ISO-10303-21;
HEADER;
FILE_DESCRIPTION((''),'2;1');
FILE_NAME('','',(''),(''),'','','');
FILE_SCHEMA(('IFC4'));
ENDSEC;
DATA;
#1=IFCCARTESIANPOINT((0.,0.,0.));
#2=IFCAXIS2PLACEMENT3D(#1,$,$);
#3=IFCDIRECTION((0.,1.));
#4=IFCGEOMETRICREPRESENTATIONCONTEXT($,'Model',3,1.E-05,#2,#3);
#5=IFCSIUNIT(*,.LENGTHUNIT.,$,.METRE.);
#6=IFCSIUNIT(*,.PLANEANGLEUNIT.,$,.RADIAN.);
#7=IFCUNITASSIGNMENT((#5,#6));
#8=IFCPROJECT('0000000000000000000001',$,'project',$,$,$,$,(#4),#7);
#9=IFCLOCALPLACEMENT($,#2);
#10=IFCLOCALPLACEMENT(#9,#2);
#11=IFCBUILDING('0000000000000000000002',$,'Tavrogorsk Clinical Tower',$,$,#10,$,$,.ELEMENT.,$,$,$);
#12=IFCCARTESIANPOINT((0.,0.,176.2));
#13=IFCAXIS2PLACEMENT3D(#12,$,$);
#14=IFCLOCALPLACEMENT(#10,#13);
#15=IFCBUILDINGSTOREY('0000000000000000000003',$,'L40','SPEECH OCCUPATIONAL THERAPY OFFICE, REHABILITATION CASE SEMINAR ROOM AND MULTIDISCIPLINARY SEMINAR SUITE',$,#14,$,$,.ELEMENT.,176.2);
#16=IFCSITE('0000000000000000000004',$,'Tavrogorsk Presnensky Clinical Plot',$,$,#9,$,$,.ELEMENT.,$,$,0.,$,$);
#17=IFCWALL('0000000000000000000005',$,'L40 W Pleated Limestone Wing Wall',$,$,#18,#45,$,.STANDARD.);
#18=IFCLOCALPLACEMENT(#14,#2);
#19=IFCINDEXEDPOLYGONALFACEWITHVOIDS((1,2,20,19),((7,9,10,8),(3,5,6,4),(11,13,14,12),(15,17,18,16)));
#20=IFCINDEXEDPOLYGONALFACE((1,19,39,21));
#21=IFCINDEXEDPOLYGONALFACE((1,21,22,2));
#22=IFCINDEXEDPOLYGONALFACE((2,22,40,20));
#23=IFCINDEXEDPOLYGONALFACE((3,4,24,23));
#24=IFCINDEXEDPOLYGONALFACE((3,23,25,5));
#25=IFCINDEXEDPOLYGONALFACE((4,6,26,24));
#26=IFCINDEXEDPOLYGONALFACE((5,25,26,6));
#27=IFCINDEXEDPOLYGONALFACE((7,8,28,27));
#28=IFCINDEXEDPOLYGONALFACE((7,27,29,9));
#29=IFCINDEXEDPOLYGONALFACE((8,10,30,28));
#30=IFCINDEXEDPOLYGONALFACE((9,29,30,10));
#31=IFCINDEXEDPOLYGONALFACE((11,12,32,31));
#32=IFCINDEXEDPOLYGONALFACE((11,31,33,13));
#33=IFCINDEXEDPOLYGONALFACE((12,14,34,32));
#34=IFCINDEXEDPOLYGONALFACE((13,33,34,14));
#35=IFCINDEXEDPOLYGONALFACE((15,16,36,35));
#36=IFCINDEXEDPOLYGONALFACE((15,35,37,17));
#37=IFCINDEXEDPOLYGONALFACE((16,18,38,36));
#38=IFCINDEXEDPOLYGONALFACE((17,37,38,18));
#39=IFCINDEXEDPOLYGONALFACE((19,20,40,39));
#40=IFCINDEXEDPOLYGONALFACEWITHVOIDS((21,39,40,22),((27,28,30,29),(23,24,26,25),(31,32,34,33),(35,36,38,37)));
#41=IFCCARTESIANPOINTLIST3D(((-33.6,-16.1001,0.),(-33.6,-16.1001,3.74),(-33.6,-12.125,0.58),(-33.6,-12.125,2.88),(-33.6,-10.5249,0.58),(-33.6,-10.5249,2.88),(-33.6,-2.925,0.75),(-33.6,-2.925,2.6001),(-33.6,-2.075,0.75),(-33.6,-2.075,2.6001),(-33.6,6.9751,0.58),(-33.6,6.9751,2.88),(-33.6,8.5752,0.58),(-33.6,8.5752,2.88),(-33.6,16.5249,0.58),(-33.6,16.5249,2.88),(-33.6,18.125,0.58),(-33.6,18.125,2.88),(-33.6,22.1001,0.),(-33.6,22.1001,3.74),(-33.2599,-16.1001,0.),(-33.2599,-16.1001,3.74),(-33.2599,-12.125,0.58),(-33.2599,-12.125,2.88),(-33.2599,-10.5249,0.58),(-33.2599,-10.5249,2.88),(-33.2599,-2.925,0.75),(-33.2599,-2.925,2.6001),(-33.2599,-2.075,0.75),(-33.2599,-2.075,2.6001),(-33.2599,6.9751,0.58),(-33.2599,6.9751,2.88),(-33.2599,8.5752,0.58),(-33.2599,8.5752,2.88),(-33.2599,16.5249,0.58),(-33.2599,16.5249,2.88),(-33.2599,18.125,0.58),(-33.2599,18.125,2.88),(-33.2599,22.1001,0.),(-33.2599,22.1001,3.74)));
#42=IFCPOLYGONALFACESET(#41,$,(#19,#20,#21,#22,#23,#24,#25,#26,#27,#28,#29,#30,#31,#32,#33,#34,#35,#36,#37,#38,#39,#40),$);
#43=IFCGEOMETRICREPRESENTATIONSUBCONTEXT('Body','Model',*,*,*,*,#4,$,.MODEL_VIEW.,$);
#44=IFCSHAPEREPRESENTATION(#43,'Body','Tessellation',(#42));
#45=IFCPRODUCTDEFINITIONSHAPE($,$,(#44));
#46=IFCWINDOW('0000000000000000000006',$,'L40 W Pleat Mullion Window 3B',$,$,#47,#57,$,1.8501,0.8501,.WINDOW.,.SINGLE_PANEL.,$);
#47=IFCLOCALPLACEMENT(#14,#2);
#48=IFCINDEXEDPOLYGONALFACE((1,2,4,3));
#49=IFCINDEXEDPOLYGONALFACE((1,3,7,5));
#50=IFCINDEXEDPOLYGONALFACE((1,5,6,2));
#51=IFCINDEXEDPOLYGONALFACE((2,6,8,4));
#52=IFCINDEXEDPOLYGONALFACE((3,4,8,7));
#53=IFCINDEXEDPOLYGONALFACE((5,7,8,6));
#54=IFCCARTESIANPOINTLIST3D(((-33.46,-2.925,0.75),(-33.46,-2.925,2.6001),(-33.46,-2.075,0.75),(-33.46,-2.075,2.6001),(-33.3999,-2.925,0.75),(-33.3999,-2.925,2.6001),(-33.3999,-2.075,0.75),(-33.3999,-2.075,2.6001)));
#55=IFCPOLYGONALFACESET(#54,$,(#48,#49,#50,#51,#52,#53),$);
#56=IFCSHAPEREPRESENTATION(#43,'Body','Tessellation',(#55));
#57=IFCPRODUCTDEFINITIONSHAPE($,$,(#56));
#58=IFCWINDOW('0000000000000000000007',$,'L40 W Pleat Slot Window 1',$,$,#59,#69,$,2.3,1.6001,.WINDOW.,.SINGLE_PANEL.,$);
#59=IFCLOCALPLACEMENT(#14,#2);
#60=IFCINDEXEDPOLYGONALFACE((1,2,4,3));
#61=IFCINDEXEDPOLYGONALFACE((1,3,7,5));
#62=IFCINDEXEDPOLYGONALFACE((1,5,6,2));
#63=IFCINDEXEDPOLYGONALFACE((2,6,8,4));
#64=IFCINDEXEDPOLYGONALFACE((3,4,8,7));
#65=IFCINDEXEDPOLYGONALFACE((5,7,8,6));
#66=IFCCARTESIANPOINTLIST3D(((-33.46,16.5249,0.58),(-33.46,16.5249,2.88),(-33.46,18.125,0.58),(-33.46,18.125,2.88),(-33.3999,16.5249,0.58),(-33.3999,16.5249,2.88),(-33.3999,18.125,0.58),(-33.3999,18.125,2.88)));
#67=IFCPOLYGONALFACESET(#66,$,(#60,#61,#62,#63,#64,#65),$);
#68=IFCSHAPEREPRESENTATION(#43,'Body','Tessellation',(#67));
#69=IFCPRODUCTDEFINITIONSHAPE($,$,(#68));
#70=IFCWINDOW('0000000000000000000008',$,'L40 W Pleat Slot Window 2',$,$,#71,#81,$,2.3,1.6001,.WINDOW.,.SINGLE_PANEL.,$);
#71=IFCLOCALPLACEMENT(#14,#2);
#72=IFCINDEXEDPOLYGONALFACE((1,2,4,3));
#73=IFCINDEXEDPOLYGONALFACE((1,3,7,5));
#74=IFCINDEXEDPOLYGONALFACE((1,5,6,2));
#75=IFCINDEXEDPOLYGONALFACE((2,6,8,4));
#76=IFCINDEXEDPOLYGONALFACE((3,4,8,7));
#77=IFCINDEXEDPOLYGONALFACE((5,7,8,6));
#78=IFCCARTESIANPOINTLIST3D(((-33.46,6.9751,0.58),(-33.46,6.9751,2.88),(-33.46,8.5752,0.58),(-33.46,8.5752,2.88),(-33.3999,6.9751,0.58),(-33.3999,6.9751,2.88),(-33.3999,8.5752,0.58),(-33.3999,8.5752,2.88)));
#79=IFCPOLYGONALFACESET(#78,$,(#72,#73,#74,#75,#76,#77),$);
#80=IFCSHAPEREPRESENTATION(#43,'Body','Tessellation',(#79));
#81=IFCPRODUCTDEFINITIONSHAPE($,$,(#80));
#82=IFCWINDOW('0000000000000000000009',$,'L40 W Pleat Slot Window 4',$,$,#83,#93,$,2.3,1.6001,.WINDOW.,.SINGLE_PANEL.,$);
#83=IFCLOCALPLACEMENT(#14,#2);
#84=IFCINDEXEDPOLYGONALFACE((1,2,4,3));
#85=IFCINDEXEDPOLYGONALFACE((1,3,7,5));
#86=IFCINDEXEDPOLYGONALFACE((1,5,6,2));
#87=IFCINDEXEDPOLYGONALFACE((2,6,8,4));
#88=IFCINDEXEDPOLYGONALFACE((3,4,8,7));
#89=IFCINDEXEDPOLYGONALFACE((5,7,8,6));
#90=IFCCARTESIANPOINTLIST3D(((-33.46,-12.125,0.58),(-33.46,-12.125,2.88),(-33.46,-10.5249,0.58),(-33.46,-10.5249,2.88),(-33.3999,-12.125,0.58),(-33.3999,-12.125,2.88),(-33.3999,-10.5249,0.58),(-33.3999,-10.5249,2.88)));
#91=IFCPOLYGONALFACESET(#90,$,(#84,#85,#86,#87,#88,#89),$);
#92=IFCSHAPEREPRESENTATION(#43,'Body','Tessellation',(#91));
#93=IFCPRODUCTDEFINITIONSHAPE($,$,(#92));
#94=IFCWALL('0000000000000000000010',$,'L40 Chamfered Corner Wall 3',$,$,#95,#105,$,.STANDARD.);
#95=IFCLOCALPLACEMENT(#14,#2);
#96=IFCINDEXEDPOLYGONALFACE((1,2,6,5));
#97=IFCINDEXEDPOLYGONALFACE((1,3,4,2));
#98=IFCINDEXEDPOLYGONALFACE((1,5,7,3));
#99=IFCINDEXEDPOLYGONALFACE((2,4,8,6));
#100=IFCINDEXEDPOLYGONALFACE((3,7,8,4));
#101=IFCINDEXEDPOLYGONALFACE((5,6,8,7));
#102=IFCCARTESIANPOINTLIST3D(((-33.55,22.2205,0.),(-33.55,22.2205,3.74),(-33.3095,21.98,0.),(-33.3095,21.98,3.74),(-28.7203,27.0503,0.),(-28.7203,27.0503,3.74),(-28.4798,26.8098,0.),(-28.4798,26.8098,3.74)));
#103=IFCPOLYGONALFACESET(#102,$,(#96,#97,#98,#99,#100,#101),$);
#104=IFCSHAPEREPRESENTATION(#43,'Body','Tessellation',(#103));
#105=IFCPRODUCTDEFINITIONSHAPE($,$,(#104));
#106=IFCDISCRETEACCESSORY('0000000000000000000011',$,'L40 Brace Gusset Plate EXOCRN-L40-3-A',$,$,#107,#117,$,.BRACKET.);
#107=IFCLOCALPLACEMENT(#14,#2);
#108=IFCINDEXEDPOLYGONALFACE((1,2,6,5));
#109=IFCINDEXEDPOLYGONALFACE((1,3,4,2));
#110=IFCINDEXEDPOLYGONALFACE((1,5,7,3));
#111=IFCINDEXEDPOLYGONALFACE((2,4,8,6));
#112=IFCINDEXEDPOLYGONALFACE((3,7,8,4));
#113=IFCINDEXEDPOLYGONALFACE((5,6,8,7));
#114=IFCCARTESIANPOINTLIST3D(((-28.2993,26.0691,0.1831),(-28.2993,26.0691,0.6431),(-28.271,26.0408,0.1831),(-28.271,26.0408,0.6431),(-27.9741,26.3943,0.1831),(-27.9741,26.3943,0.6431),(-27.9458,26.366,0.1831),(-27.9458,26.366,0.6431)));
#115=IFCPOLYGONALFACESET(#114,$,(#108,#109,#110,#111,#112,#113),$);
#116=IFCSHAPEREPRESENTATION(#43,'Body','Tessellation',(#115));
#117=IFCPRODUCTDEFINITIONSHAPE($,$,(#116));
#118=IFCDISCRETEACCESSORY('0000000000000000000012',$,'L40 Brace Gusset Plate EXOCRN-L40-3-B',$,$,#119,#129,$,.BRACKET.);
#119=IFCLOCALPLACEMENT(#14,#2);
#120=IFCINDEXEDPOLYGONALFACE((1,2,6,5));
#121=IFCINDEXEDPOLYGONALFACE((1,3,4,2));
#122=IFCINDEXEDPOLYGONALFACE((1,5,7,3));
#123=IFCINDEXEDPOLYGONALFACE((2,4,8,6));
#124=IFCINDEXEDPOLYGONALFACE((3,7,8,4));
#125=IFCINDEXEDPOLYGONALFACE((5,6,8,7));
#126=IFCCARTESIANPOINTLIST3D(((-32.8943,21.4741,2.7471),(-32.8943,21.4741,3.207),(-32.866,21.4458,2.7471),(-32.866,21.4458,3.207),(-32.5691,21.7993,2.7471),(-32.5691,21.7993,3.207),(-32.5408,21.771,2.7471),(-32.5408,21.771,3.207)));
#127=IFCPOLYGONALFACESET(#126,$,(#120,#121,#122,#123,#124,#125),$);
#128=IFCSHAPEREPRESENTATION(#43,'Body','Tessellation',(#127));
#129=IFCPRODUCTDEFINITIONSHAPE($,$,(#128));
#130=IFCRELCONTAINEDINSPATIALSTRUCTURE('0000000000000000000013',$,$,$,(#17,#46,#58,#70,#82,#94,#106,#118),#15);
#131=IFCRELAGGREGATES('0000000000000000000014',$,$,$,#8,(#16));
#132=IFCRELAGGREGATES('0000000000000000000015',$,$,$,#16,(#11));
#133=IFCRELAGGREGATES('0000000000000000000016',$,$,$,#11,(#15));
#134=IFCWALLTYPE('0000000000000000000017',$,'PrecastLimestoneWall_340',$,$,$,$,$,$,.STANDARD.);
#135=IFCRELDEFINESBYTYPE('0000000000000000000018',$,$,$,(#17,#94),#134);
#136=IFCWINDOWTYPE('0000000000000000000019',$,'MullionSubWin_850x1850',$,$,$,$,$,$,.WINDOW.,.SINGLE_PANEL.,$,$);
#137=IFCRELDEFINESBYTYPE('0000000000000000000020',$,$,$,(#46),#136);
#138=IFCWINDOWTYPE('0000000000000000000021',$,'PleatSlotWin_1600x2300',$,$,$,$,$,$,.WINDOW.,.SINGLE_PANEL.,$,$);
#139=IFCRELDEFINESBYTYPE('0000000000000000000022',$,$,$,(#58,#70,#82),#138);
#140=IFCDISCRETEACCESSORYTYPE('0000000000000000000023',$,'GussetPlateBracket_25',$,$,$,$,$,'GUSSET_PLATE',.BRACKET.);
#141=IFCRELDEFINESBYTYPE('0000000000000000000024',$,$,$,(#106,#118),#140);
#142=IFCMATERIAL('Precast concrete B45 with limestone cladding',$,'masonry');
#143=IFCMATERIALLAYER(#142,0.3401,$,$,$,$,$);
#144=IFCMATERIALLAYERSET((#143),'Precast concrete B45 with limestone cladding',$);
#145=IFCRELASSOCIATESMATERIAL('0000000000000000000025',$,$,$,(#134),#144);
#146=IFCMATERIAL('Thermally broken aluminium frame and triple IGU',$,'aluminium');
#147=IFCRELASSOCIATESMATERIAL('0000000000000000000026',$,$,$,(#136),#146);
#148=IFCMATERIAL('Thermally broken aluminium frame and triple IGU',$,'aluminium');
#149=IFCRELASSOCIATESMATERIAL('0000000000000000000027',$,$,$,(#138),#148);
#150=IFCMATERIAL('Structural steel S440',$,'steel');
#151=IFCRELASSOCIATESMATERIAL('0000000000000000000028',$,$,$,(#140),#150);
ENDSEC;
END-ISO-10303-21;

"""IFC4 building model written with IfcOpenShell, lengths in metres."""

from ifc_helpers import new_model, si_unit, direction, frame, frame_2d, origin, origin_2d, place, context, subcontext, project, spatial, rectangle, extrude, material, layer, layer_set, type_object, element, fill, save


model = new_model("IFC4")

# Units and contexts
model_context = context("Model", 3, precision=1e-05, world=origin(), true_north=direction((0.0, 1.0)))
body_context = subcontext(model_context, "Body", "Model", "MODEL_VIEW")
ifc_project = project(units=[si_unit("LENGTHUNIT", "METRE"), si_unit("PLANEANGLEUNIT", "RADIAN")], contexts=[model_context])

# Site, building, storey
site_placement = place(None, origin())
site = spatial("IfcSite", under=ifc_project, at=site_placement, Name="Tavrogorsk Presnensky Clinical Plot", CompositionType="ELEMENT", RefElevation=0.0)
building_placement = place(site_placement, origin())
building = spatial("IfcBuilding", under=site, at=building_placement, Name="Tavrogorsk Clinical Tower", CompositionType="ELEMENT")
storey_placement = place(building_placement, frame((0.0, 0.0, 176.2)))
storey = spatial("IfcBuildingStorey", under=building, at=storey_placement, Name="L40", Description="SPEECH OCCUPATIONAL THERAPY OFFICE, REHABILITATION CASE SEMINAR ROOM AND MULTIDISCIPLINARY SEMINAR SUITE", CompositionType="ELEMENT", Elevation=176.2)

# Wall, openings, windows
ifc_material_1 = material(Name="Precast concrete B45 with limestone cladding", Category="masonry")
ifc_layer_1 = layer(ifc_material_1, 0.3401)
ifc_layer_set_1 = layer_set([ifc_layer_1], Name="Precast concrete B45 with limestone cladding")
wall_type_1 = type_object("IfcWallType", Name="PrecastLimestoneWall_340", PredefinedType="STANDARD", material=ifc_layer_set_1)
wall_1_placement = place(storey_placement, frame((-33.4299, 22.1001, 0.0), z_axis=(0.0, 0.0, 1.0), x_axis=(0.0, -1.0, 0.0)))
wall_1 = element("IfcWall", 1, at=wall_1_placement, inside=storey, type_object=wall_type_1, Name="L40 W Pleated Limestone Wing Wall", PredefinedType="STANDARD", context=body_context, shape_type="SweptSolid", body=[
    extrude(rectangle(XDim=38.2002, YDim=0.3401, at=frame_2d((19.1001, 0.0))), origin(), (0.0, 0.0, 1.0), 3.74),
])
opening_1_placement = place(wall_1_placement, frame((3.9751, 0.0, 0.5801)))
opening_1 = element("IfcOpeningElement", 2, at=opening_1_placement, cuts=wall_1, PredefinedType="OPENING", context=body_context, shape_type="SweptSolid", body=[
    extrude(rectangle(XDim=1.6001, YDim=2.3, at=frame_2d((0.8, 1.1499))), frame((0.0, 0.1799, 0.0), z_axis=(0.0, -1.0, 0.0), x_axis=(1.0, 0.0, 0.0)), (0.0, 0.0, 1.0), 0.3601),
])
opening_2_placement = place(wall_1_placement, frame((13.5249, 0.0, 0.5801)))
opening_2 = element("IfcOpeningElement", 3, at=opening_2_placement, cuts=wall_1, PredefinedType="OPENING", context=body_context, shape_type="SweptSolid", body=[
    extrude(rectangle(XDim=1.6001, YDim=2.3, at=frame_2d((0.8, 1.1499))), frame((0.0, 0.1799, 0.0), z_axis=(0.0, -1.0, 0.0), x_axis=(1.0, 0.0, 0.0)), (0.0, 0.0, 1.0), 0.3601),
])
opening_3_placement = place(wall_1_placement, frame((24.175, 0.0, 0.75)))
opening_3 = element("IfcOpeningElement", 4, at=opening_3_placement, cuts=wall_1, PredefinedType="OPENING", context=body_context, shape_type="SweptSolid", body=[
    extrude(rectangle(XDim=0.8501, YDim=1.8501, at=frame_2d((0.425, 0.925))), frame((0.0, 0.1799, 0.0), z_axis=(0.0, -1.0, 0.0), x_axis=(1.0, 0.0, 0.0)), (0.0, 0.0, 1.0), 0.3601),
])
opening_4_placement = place(wall_1_placement, frame((32.625, 0.0, 0.5801)))
opening_4 = element("IfcOpeningElement", 5, at=opening_4_placement, cuts=wall_1, PredefinedType="OPENING", context=body_context, shape_type="SweptSolid", body=[
    extrude(rectangle(XDim=1.6001, YDim=2.3, at=frame_2d((0.8, 1.1499))), frame((0.0, 0.1799, 0.0), z_axis=(0.0, -1.0, 0.0), x_axis=(1.0, 0.0, 0.0)), (0.0, 0.0, 1.0), 0.3601),
])
ifc_material_2 = material(Name="Thermally broken aluminium frame and triple IGU", Category="aluminium")
window_type_1 = type_object("IfcWindowType", Name="MullionSubWin_850x1850", PartitioningType="SINGLE_PANEL", PredefinedType="WINDOW", material=ifc_material_2)
window_1_placement = place(opening_3_placement, origin())
window_1 = element("IfcWindow", 6, at=window_1_placement, inside=storey, type_object=window_type_1, Name="L40 W Pleat Mullion Window 3B", OverallHeight=1.8501, OverallWidth=0.8501, PartitioningType="SINGLE_PANEL", PredefinedType="WINDOW", context=body_context, shape_type="SweptSolid", body=[
    extrude(rectangle(XDim=0.8501, YDim=1.8501, at=frame_2d((0.425, 0.925))), frame((0.0, 0.03, 0.0), z_axis=(0.0, -1.0, 0.0), x_axis=(1.0, 0.0, 0.0)), (0.0, 0.0, 1.0), 0.0601),
])
fill(opening_3, window_1)
ifc_material_3 = material(Name="Thermally broken aluminium frame and triple IGU", Category="aluminium")
window_type_2 = type_object("IfcWindowType", Name="PleatSlotWin_1600x2300", PartitioningType="SINGLE_PANEL", PredefinedType="WINDOW", material=ifc_material_3)
window_2_placement = place(opening_1_placement, origin())
window_2 = element("IfcWindow", 7, at=window_2_placement, inside=storey, type_object=window_type_2, Name="L40 W Pleat Slot Window 1", OverallHeight=2.3, OverallWidth=1.6001, PartitioningType="SINGLE_PANEL", PredefinedType="WINDOW", context=body_context, shape_type="SweptSolid", body=[
    extrude(rectangle(XDim=1.6001, YDim=2.3, at=frame_2d((0.8, 1.1499))), frame((0.0, 0.03, 0.0), z_axis=(0.0, -1.0, 0.0), x_axis=(1.0, 0.0, 0.0)), (0.0, 0.0, 1.0), 0.0601),
])
fill(opening_1, window_2)
window_3_placement = place(opening_2_placement, origin())
window_3 = element("IfcWindow", 8, at=window_3_placement, inside=storey, type_object=window_type_2, Name="L40 W Pleat Slot Window 2", OverallHeight=2.3, OverallWidth=1.6001, PartitioningType="SINGLE_PANEL", PredefinedType="WINDOW", context=body_context, shape_type="SweptSolid", body=[
    extrude(rectangle(XDim=1.6001, YDim=2.3, at=frame_2d((0.8, 1.1499))), frame((0.0, 0.03, 0.0), z_axis=(0.0, -1.0, 0.0), x_axis=(1.0, 0.0, 0.0)), (0.0, 0.0, 1.0), 0.0601),
])
fill(opening_2, window_3)
window_4_placement = place(opening_4_placement, origin())
window_4 = element("IfcWindow", 9, at=window_4_placement, inside=storey, type_object=window_type_2, Name="L40 W Pleat Slot Window 4", OverallHeight=2.3, OverallWidth=1.6001, PartitioningType="SINGLE_PANEL", PredefinedType="WINDOW", context=body_context, shape_type="SweptSolid", body=[
    extrude(rectangle(XDim=1.6001, YDim=2.3, at=frame_2d((0.8, 1.1499))), frame((0.0, 0.03, 0.0), z_axis=(0.0, -1.0, 0.0), x_axis=(1.0, 0.0, 0.0)), (0.0, 0.0, 1.0), 0.0601),
])
fill(opening_4, window_4)

# Wall
wall_2_placement = place(storey_placement, frame((-28.6001, 26.9299, 0.0), z_axis=(0.0, 0.0, 1.0), x_axis=(-0.707107, -0.707107, 0.0)))
element("IfcWall", 10, at=wall_2_placement, inside=storey, type_object=wall_type_1, Name="L40 Chamfered Corner Wall 3", PredefinedType="STANDARD", context=body_context, shape_type="SweptSolid", body=[
    extrude(rectangle(XDim=6.8303, YDim=0.3401, at=frame_2d((3.415, 0.0))), origin(), (0.0, 0.0, 1.0), 3.74),
])

# Discrete accessories
ifc_material_4 = material(Name="Structural steel S440", Category="steel")
discrete_accessory_type = type_object("IfcDiscreteAccessoryType", Name="GussetPlateBracket_25", ElementType="GUSSET_PLATE", PredefinedType="BRACKET", material=ifc_material_4)
for number, where, z_axis, x_axis, name in (
    (11, (-28.1226, 26.2175, 0.1831), (0.0, 0.0, 1.0), (-0.707107, -0.707107, 0.0), "L40 Brace Gusset Plate EXOCRN-L40-3-A"),
    (12, (-32.7175, 21.6226, 2.7471), (0.0, 0.0, 1.0), (-0.707107, -0.707107, 0.0), "L40 Brace Gusset Plate EXOCRN-L40-3-B"),
):
    element("IfcDiscreteAccessory", number, at=place(storey_placement, frame(where, z_axis=z_axis, x_axis=x_axis)), inside=storey, type_object=discrete_accessory_type, Name=name, PredefinedType="BRACKET", context=body_context, shape_type="SweptSolid", body=[
        extrude(rectangle(XDim=0.46, YDim=0.04, at=origin_2d()), origin(), (0.0, 0.0, 1.0), 0.46),
    ])

save(model, "model.ifc")
